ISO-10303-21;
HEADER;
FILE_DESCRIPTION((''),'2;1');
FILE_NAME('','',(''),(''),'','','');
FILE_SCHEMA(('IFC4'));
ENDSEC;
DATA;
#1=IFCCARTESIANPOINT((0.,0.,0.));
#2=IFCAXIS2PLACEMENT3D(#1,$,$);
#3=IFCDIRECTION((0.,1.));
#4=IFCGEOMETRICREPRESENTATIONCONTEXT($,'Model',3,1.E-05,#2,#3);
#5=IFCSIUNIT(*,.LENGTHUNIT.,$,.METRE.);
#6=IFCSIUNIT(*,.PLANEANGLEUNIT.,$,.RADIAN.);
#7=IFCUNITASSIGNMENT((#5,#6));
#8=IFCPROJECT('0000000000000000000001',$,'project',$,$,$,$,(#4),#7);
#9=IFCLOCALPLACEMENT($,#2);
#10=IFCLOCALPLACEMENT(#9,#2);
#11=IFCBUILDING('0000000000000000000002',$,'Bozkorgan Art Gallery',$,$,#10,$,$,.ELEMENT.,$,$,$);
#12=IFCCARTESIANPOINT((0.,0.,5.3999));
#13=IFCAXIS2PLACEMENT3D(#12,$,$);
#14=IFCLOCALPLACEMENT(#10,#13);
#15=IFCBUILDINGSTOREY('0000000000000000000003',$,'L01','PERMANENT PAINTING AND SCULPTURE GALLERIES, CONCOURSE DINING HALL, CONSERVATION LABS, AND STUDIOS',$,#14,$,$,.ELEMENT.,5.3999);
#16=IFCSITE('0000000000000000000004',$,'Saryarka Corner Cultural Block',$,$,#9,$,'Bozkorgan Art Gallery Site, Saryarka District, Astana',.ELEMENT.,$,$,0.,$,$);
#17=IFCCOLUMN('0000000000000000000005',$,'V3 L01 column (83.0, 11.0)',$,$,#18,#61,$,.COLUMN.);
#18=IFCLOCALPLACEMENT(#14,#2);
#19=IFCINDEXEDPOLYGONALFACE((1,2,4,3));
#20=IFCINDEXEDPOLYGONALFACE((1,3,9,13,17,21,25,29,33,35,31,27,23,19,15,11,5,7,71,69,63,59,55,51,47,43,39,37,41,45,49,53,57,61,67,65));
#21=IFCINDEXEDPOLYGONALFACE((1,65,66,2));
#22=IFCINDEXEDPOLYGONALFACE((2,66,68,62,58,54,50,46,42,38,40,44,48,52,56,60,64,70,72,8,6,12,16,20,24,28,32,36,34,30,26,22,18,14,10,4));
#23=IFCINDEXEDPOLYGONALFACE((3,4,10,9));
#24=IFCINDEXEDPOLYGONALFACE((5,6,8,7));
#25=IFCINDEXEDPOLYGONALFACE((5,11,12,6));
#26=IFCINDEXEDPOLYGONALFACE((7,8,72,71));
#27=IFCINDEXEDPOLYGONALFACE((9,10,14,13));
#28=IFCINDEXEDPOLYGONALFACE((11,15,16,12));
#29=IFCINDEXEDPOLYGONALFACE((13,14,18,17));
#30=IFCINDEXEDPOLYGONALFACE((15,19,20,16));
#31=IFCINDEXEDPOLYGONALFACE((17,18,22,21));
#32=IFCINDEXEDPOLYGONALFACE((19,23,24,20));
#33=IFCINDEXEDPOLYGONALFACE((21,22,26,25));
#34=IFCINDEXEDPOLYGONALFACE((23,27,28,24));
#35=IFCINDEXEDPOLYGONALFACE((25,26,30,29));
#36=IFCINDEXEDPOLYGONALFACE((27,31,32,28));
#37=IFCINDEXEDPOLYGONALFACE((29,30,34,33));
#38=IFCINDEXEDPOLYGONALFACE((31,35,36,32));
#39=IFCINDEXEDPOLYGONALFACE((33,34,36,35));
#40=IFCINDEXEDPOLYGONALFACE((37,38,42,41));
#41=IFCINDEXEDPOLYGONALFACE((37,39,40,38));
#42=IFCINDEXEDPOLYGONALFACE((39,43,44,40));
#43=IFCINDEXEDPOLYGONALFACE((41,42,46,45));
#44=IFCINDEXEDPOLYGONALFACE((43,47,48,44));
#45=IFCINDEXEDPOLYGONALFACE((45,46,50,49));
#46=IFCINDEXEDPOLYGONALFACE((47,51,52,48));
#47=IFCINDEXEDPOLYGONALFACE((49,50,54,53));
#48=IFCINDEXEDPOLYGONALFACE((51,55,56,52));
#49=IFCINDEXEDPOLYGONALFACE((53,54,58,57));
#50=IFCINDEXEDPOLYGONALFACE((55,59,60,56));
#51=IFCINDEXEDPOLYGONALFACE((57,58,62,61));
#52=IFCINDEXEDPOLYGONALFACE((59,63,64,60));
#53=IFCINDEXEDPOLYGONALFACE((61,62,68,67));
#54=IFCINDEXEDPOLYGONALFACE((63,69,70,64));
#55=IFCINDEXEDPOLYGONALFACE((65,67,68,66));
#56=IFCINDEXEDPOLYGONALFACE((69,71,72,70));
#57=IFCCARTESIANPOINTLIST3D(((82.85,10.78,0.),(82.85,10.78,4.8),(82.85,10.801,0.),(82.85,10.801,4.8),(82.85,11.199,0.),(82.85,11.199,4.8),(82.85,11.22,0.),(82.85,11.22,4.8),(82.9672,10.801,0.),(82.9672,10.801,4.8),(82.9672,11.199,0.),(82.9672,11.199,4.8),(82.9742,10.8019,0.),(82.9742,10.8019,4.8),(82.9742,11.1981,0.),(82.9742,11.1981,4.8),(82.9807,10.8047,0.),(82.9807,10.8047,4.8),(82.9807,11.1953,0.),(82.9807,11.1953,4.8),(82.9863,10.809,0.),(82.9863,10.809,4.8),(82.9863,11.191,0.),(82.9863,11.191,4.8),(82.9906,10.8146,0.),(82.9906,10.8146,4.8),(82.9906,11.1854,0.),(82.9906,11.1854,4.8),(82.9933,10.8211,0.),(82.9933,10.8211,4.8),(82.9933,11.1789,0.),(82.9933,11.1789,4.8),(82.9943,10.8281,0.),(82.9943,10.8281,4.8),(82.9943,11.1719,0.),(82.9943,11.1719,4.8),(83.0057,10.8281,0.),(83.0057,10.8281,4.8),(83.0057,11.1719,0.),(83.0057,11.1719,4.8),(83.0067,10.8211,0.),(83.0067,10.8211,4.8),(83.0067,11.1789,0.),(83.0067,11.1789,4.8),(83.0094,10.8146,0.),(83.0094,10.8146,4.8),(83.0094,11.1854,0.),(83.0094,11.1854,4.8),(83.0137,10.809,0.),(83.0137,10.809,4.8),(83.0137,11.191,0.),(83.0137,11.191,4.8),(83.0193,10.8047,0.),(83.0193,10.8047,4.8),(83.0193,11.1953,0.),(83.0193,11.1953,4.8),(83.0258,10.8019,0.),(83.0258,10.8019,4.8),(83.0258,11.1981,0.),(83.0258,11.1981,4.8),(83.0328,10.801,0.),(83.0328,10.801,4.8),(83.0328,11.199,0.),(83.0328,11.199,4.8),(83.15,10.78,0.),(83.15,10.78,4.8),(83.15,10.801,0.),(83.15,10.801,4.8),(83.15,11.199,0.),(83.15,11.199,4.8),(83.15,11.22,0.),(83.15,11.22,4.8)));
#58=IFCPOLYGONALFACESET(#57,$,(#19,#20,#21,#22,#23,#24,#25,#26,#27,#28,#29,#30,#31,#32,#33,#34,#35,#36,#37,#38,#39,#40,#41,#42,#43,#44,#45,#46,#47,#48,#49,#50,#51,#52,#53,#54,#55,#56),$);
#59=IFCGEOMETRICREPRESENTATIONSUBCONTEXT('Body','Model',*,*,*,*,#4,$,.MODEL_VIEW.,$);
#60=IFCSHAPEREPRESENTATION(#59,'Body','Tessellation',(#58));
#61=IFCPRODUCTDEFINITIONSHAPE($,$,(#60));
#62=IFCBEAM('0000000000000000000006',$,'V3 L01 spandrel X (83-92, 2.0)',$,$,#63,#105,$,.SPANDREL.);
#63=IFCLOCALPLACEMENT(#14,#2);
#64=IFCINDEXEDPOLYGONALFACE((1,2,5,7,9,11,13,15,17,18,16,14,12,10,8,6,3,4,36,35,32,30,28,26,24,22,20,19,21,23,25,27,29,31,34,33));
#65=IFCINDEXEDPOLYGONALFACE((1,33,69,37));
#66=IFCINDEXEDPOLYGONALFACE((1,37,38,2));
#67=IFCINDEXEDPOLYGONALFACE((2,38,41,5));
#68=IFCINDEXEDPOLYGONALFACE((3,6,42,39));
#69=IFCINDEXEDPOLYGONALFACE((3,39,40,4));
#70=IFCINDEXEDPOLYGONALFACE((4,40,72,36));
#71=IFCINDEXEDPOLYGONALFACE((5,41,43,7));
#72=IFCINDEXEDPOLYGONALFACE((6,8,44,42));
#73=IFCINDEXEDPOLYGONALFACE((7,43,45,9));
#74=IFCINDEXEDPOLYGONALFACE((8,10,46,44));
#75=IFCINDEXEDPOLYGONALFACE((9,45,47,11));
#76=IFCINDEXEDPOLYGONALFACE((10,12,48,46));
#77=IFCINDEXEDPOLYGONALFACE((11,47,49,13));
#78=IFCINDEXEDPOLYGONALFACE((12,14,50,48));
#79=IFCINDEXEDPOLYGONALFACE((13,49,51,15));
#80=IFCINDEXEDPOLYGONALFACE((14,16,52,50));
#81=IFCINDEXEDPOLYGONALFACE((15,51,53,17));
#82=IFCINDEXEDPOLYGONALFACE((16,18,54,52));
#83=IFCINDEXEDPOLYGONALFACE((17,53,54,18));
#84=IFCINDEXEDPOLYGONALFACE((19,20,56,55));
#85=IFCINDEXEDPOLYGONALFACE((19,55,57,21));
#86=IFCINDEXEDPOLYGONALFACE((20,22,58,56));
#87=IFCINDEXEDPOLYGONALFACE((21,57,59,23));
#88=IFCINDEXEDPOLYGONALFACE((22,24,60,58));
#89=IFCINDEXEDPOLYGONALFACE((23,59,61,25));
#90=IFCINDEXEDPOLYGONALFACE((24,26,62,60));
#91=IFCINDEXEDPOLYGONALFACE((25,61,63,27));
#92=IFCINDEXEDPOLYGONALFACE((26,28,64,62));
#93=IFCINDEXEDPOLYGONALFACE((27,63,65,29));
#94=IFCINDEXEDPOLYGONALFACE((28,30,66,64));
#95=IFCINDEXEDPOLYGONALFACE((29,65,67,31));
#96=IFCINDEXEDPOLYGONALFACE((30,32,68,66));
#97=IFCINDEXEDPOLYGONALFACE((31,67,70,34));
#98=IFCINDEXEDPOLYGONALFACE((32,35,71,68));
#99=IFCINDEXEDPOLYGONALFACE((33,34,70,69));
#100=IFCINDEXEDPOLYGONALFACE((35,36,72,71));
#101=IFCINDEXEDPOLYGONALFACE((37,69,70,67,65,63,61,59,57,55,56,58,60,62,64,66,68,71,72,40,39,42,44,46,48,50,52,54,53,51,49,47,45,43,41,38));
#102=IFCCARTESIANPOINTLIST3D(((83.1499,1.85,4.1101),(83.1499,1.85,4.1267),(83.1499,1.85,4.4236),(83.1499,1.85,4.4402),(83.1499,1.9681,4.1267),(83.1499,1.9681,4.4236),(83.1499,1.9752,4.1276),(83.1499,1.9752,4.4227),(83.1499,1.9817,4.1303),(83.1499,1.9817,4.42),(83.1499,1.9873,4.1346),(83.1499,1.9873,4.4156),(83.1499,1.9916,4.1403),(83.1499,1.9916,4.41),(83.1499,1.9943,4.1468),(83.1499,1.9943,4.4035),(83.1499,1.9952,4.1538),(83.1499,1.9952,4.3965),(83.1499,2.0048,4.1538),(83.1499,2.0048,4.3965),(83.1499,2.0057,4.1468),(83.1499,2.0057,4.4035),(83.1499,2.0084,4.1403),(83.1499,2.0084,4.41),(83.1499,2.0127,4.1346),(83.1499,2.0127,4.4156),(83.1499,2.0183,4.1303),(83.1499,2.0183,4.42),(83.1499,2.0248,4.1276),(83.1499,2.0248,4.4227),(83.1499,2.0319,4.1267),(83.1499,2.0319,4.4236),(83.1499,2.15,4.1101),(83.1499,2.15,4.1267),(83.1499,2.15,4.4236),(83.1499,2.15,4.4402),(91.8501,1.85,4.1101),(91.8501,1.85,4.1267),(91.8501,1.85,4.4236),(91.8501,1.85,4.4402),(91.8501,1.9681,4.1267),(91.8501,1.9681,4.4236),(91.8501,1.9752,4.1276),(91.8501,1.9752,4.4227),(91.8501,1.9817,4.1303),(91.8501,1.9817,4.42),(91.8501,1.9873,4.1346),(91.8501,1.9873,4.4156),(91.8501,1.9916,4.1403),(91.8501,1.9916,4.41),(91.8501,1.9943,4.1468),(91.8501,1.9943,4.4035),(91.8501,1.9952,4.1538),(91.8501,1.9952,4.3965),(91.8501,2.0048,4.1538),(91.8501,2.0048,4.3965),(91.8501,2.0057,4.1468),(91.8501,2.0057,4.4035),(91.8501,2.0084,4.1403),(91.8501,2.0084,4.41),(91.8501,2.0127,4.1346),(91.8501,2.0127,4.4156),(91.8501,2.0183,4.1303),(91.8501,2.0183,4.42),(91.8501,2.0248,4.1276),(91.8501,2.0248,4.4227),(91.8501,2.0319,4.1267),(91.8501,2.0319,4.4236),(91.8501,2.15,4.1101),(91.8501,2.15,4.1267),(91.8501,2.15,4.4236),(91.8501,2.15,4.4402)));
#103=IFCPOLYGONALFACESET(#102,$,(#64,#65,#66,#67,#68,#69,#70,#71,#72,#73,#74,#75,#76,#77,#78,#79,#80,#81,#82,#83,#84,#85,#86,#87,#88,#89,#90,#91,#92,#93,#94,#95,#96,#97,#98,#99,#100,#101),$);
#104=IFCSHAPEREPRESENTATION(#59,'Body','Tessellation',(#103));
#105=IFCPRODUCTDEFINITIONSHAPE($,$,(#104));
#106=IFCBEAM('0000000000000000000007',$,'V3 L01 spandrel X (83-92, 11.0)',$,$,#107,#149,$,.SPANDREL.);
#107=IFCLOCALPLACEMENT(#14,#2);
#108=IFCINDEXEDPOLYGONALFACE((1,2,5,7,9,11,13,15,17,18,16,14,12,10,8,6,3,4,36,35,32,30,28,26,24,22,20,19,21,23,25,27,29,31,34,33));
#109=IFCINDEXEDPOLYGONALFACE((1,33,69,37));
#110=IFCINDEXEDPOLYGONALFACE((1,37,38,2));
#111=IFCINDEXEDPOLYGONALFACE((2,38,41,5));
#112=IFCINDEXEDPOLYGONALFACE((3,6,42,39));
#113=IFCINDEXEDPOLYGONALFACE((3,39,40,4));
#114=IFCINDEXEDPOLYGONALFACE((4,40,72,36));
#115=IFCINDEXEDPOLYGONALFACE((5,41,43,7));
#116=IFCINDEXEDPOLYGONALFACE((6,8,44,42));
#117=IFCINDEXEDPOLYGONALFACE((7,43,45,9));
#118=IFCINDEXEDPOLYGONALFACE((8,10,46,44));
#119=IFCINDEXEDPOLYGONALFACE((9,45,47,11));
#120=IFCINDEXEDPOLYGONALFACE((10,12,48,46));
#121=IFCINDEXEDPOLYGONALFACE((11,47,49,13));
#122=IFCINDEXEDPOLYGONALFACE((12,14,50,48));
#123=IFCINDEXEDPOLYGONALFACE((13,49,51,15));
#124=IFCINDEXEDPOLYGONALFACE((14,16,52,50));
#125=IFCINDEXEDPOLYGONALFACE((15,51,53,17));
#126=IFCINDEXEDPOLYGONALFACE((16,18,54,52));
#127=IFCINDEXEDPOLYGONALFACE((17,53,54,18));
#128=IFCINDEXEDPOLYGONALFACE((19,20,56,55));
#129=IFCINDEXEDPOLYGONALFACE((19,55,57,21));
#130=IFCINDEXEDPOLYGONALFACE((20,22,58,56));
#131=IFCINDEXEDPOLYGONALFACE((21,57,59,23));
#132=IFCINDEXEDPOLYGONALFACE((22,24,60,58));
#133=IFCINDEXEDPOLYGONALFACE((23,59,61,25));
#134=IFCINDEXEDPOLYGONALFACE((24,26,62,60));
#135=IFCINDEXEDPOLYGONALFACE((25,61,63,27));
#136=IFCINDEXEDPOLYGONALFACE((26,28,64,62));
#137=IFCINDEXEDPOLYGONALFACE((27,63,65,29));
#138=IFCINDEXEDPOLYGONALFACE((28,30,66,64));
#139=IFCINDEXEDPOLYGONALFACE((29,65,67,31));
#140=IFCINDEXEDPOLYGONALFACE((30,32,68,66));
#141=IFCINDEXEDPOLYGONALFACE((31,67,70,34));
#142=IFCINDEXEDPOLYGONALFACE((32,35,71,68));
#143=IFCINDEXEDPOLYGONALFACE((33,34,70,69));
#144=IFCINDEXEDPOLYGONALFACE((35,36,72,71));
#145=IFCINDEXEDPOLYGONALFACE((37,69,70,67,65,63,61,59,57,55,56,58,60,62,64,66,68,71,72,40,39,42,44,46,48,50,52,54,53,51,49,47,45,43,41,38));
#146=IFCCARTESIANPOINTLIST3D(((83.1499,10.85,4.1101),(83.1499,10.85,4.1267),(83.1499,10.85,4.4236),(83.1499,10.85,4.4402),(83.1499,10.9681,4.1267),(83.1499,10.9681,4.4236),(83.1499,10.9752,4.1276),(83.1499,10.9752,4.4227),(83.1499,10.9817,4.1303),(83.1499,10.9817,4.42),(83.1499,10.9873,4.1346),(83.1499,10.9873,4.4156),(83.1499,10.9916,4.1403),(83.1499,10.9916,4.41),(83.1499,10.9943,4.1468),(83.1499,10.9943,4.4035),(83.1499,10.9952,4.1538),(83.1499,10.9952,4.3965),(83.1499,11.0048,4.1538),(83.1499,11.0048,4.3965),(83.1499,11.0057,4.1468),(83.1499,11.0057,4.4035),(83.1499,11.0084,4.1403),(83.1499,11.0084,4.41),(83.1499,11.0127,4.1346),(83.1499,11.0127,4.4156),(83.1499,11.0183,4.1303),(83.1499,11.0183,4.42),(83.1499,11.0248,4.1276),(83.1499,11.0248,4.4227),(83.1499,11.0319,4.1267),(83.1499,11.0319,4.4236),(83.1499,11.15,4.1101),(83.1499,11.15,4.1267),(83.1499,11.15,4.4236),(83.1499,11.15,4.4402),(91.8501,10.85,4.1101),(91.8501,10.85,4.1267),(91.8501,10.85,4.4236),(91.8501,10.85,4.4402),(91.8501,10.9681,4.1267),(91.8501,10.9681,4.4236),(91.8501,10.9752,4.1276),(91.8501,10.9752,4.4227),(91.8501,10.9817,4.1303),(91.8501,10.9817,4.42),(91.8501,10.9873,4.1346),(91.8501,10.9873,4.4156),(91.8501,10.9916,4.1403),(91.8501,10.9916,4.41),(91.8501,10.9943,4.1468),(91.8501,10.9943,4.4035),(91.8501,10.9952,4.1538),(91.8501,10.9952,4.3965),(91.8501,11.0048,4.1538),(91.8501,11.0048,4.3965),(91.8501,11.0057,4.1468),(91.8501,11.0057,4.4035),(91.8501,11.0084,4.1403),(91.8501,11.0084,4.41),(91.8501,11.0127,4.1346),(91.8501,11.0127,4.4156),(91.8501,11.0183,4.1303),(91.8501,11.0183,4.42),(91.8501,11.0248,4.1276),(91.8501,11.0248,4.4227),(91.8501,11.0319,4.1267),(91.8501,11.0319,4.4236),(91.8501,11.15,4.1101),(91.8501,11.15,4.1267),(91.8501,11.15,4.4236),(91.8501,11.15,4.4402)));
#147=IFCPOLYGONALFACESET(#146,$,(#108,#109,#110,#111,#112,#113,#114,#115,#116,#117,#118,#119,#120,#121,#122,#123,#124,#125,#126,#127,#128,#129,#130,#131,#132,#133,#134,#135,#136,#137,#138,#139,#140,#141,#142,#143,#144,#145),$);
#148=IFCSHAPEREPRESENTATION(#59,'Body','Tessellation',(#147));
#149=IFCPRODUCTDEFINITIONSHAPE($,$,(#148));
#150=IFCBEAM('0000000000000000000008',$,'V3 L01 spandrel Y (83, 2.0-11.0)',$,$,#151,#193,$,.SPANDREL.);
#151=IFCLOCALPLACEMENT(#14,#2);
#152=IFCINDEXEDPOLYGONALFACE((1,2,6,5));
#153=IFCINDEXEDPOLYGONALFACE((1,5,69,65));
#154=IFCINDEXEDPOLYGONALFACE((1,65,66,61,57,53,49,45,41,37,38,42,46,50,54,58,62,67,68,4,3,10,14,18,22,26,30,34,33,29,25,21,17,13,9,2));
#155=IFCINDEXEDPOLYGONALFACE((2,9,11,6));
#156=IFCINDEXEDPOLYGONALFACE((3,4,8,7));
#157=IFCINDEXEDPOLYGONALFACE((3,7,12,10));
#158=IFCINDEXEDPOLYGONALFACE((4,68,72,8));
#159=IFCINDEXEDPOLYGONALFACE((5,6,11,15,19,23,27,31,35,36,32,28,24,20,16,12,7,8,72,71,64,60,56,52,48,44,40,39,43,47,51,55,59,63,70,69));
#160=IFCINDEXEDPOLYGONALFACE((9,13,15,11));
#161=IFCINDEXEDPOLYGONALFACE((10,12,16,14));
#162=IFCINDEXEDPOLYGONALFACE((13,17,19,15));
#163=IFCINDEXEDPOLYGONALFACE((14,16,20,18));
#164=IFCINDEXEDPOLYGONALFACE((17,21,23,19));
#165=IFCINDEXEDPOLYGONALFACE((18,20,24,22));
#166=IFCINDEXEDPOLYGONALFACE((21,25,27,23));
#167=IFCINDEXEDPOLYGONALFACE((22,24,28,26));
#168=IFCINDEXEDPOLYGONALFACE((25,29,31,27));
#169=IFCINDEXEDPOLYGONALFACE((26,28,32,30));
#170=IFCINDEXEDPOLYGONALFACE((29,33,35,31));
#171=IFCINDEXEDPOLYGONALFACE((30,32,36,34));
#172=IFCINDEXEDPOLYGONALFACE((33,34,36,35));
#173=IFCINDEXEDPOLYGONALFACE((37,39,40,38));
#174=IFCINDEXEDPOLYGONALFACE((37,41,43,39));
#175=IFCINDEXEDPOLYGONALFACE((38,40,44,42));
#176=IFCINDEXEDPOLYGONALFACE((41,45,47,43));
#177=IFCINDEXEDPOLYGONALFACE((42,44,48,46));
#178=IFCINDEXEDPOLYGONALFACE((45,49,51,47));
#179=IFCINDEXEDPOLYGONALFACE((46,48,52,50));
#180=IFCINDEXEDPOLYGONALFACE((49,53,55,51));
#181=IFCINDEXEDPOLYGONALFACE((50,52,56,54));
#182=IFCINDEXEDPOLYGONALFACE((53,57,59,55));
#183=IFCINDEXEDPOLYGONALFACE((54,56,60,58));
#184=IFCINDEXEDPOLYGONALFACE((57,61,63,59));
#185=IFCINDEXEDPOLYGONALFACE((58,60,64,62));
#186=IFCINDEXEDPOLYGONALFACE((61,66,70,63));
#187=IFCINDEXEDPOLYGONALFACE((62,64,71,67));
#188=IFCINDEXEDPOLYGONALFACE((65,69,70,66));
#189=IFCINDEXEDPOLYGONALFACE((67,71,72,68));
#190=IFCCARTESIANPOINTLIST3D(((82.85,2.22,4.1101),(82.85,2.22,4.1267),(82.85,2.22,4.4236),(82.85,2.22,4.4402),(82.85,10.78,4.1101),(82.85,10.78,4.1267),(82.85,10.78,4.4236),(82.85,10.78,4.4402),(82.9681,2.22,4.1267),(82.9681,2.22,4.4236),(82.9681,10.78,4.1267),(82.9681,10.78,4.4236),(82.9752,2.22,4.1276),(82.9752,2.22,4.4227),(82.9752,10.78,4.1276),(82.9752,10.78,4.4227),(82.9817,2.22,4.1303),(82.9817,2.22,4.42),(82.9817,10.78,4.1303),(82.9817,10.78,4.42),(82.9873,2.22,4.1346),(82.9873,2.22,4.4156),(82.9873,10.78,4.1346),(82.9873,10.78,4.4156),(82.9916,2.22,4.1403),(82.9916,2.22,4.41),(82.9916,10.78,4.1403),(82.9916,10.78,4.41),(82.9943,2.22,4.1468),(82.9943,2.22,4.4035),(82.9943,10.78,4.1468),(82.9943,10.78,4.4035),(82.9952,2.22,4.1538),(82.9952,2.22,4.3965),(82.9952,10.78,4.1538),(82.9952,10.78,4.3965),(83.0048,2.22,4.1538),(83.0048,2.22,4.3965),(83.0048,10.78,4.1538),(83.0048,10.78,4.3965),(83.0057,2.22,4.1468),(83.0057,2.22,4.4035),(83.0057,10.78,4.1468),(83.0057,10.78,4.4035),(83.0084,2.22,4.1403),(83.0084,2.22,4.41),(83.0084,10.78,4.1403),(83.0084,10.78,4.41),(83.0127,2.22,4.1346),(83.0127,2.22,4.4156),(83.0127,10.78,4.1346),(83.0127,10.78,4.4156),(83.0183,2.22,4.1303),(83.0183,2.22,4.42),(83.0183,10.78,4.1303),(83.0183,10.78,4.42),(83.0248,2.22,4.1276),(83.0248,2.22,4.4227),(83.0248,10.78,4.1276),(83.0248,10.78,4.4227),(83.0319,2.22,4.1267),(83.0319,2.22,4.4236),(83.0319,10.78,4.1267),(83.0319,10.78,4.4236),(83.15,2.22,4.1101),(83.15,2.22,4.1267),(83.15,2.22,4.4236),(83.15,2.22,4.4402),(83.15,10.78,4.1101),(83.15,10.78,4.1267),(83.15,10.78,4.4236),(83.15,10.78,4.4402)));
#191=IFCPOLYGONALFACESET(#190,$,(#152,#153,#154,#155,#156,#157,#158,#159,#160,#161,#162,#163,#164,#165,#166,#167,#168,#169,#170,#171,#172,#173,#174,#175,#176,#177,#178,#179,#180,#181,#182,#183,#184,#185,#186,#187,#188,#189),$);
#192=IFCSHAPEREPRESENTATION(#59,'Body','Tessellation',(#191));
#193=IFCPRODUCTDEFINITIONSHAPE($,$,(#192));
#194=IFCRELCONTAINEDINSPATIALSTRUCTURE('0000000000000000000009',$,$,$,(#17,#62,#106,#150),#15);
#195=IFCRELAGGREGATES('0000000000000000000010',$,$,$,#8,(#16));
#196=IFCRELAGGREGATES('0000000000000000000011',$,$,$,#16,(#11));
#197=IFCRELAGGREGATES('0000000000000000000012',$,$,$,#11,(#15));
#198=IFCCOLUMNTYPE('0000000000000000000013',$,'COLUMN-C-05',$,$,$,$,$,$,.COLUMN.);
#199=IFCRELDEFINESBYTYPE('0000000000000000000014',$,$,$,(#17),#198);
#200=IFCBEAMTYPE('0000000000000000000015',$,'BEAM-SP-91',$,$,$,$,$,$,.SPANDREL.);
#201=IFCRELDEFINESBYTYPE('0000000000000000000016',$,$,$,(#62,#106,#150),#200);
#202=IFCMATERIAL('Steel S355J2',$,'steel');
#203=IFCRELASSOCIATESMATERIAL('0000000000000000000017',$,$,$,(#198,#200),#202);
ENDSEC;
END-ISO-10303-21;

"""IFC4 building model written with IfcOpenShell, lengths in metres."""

from ifc_helpers import new_model, si_unit, direction, frame, origin, origin_2d, place, context, subcontext, project, spatial, i_section, extrude, material, material_profile, profile_set, type_object, element, save


model = new_model("IFC4")

# Units and contexts
model_context = context("Model", 3, precision=1e-05, world=origin(), true_north=direction((0.0, 1.0)))
body_context = subcontext(model_context, "Body", "Model", "MODEL_VIEW")
ifc_project = project(units=[si_unit("LENGTHUNIT", "METRE"), si_unit("PLANEANGLEUNIT", "RADIAN")], contexts=[model_context])

# Site, building, storey
site_placement = place(None, origin())
site = spatial("IfcSite", under=ifc_project, at=site_placement, Name="Saryarka Corner Cultural Block", LongName="Bozkorgan Art Gallery Site, Saryarka District, Astana", CompositionType="ELEMENT", RefElevation=0.0)
building_placement = place(site_placement, origin())
building = spatial("IfcBuilding", under=site, at=building_placement, Name="Bozkorgan Art Gallery", CompositionType="ELEMENT")
storey_placement = place(building_placement, frame((0.0, 0.0, 5.3999)))
storey = spatial("IfcBuildingStorey", under=building, at=storey_placement, Name="L01", Description="PERMANENT PAINTING AND SCULPTURE GALLERIES, CONCOURSE DINING HALL, CONSERVATION LABS, AND STUDIOS", CompositionType="ELEMENT", Elevation=5.3999)

# Column
ifc_material_1 = material(Name="Steel S355J2", Category="steel")
ifc_material_profile_1 = material_profile(ifc_material_1, i_section(OverallWidth=0.3, OverallDepth=0.4399, WebThickness=0.0115, FlangeThickness=0.021, FilletRadius=0.0271, at=origin_2d()), Name="HEA 450")
ifc_profile_set_1 = profile_set([ifc_material_profile_1], Name="Steel S355J2")
column_type = type_object("IfcColumnType", Name="COLUMN-C-05", PredefinedType="COLUMN", material=ifc_profile_set_1)
column_placement = place(storey_placement, frame((83.0, 11.0, 0.0), z_axis=(0.0, 0.0, 1.0), x_axis=(1.0, 0.0, 0.0)))
element("IfcColumn", 1, at=column_placement, inside=storey, type_object=column_type, Name="V3 L01 column (83.0, 11.0)", PredefinedType="COLUMN", context=body_context, shape_type="SweptSolid", body=[
    extrude(i_section(OverallWidth=0.3, OverallDepth=0.4399, WebThickness=0.0115, FlangeThickness=0.021, FilletRadius=0.0271, at=origin_2d()), origin(), (0.0, 0.0, 1.0), 4.8),
])

# Beams
ifc_material_profile_2 = material_profile(ifc_material_1, i_section(OverallWidth=0.3, OverallDepth=0.3301, WebThickness=0.0095, FlangeThickness=0.0166, FilletRadius=0.0271, at=origin_2d()), Name="HEA 340")
ifc_profile_set_2 = profile_set([ifc_material_profile_2], Name="Steel S355J2")
beam_type_1 = type_object("IfcBeamType", Name="BEAM-SP-91", PredefinedType="SPANDREL", material=ifc_profile_set_2)
for number, where, z_axis, x_axis, name in (
    (2, (83.1499, 2.0, 4.2751), (1.0, 0.0, 0.0), (0.0, 1.0, 0.0), "V3 L01 spandrel X (83-92, 2.0)"),
    (3, (83.1499, 11.0, 4.2751), (1.0, 0.0, 0.0), (0.0, 1.0, 0.0), "V3 L01 spandrel X (83-92, 11.0)"),
):
    element("IfcBeam", number, at=place(storey_placement, frame(where, z_axis=z_axis, x_axis=x_axis)), inside=storey, type_object=beam_type_1, Name=name, PredefinedType="SPANDREL", context=body_context, shape_type="SweptSolid", body=[
        extrude(i_section(OverallWidth=0.3, OverallDepth=0.3301, WebThickness=0.0095, FlangeThickness=0.0166, FilletRadius=0.0271, at=origin_2d()), origin(), (0.0, 0.0, 1.0), 8.7002),
    ])
beam_1_placement = place(storey_placement, frame((83.0, 2.22, 4.2751), z_axis=(0.0, 1.0, 0.0), x_axis=(-1.0, 0.0, 0.0)))
element("IfcBeam", 4, at=beam_1_placement, inside=storey, type_object=beam_type_1, Name="V3 L01 spandrel Y (83, 2.0-11.0)", PredefinedType="SPANDREL", context=body_context, shape_type="SweptSolid", body=[
    extrude(i_section(OverallWidth=0.3, OverallDepth=0.3301, WebThickness=0.0095, FlangeThickness=0.0166, FilletRadius=0.0271, at=origin_2d()), origin(), (0.0, 0.0, 1.0), 8.5601),
])

save(model, "model.ifc")
